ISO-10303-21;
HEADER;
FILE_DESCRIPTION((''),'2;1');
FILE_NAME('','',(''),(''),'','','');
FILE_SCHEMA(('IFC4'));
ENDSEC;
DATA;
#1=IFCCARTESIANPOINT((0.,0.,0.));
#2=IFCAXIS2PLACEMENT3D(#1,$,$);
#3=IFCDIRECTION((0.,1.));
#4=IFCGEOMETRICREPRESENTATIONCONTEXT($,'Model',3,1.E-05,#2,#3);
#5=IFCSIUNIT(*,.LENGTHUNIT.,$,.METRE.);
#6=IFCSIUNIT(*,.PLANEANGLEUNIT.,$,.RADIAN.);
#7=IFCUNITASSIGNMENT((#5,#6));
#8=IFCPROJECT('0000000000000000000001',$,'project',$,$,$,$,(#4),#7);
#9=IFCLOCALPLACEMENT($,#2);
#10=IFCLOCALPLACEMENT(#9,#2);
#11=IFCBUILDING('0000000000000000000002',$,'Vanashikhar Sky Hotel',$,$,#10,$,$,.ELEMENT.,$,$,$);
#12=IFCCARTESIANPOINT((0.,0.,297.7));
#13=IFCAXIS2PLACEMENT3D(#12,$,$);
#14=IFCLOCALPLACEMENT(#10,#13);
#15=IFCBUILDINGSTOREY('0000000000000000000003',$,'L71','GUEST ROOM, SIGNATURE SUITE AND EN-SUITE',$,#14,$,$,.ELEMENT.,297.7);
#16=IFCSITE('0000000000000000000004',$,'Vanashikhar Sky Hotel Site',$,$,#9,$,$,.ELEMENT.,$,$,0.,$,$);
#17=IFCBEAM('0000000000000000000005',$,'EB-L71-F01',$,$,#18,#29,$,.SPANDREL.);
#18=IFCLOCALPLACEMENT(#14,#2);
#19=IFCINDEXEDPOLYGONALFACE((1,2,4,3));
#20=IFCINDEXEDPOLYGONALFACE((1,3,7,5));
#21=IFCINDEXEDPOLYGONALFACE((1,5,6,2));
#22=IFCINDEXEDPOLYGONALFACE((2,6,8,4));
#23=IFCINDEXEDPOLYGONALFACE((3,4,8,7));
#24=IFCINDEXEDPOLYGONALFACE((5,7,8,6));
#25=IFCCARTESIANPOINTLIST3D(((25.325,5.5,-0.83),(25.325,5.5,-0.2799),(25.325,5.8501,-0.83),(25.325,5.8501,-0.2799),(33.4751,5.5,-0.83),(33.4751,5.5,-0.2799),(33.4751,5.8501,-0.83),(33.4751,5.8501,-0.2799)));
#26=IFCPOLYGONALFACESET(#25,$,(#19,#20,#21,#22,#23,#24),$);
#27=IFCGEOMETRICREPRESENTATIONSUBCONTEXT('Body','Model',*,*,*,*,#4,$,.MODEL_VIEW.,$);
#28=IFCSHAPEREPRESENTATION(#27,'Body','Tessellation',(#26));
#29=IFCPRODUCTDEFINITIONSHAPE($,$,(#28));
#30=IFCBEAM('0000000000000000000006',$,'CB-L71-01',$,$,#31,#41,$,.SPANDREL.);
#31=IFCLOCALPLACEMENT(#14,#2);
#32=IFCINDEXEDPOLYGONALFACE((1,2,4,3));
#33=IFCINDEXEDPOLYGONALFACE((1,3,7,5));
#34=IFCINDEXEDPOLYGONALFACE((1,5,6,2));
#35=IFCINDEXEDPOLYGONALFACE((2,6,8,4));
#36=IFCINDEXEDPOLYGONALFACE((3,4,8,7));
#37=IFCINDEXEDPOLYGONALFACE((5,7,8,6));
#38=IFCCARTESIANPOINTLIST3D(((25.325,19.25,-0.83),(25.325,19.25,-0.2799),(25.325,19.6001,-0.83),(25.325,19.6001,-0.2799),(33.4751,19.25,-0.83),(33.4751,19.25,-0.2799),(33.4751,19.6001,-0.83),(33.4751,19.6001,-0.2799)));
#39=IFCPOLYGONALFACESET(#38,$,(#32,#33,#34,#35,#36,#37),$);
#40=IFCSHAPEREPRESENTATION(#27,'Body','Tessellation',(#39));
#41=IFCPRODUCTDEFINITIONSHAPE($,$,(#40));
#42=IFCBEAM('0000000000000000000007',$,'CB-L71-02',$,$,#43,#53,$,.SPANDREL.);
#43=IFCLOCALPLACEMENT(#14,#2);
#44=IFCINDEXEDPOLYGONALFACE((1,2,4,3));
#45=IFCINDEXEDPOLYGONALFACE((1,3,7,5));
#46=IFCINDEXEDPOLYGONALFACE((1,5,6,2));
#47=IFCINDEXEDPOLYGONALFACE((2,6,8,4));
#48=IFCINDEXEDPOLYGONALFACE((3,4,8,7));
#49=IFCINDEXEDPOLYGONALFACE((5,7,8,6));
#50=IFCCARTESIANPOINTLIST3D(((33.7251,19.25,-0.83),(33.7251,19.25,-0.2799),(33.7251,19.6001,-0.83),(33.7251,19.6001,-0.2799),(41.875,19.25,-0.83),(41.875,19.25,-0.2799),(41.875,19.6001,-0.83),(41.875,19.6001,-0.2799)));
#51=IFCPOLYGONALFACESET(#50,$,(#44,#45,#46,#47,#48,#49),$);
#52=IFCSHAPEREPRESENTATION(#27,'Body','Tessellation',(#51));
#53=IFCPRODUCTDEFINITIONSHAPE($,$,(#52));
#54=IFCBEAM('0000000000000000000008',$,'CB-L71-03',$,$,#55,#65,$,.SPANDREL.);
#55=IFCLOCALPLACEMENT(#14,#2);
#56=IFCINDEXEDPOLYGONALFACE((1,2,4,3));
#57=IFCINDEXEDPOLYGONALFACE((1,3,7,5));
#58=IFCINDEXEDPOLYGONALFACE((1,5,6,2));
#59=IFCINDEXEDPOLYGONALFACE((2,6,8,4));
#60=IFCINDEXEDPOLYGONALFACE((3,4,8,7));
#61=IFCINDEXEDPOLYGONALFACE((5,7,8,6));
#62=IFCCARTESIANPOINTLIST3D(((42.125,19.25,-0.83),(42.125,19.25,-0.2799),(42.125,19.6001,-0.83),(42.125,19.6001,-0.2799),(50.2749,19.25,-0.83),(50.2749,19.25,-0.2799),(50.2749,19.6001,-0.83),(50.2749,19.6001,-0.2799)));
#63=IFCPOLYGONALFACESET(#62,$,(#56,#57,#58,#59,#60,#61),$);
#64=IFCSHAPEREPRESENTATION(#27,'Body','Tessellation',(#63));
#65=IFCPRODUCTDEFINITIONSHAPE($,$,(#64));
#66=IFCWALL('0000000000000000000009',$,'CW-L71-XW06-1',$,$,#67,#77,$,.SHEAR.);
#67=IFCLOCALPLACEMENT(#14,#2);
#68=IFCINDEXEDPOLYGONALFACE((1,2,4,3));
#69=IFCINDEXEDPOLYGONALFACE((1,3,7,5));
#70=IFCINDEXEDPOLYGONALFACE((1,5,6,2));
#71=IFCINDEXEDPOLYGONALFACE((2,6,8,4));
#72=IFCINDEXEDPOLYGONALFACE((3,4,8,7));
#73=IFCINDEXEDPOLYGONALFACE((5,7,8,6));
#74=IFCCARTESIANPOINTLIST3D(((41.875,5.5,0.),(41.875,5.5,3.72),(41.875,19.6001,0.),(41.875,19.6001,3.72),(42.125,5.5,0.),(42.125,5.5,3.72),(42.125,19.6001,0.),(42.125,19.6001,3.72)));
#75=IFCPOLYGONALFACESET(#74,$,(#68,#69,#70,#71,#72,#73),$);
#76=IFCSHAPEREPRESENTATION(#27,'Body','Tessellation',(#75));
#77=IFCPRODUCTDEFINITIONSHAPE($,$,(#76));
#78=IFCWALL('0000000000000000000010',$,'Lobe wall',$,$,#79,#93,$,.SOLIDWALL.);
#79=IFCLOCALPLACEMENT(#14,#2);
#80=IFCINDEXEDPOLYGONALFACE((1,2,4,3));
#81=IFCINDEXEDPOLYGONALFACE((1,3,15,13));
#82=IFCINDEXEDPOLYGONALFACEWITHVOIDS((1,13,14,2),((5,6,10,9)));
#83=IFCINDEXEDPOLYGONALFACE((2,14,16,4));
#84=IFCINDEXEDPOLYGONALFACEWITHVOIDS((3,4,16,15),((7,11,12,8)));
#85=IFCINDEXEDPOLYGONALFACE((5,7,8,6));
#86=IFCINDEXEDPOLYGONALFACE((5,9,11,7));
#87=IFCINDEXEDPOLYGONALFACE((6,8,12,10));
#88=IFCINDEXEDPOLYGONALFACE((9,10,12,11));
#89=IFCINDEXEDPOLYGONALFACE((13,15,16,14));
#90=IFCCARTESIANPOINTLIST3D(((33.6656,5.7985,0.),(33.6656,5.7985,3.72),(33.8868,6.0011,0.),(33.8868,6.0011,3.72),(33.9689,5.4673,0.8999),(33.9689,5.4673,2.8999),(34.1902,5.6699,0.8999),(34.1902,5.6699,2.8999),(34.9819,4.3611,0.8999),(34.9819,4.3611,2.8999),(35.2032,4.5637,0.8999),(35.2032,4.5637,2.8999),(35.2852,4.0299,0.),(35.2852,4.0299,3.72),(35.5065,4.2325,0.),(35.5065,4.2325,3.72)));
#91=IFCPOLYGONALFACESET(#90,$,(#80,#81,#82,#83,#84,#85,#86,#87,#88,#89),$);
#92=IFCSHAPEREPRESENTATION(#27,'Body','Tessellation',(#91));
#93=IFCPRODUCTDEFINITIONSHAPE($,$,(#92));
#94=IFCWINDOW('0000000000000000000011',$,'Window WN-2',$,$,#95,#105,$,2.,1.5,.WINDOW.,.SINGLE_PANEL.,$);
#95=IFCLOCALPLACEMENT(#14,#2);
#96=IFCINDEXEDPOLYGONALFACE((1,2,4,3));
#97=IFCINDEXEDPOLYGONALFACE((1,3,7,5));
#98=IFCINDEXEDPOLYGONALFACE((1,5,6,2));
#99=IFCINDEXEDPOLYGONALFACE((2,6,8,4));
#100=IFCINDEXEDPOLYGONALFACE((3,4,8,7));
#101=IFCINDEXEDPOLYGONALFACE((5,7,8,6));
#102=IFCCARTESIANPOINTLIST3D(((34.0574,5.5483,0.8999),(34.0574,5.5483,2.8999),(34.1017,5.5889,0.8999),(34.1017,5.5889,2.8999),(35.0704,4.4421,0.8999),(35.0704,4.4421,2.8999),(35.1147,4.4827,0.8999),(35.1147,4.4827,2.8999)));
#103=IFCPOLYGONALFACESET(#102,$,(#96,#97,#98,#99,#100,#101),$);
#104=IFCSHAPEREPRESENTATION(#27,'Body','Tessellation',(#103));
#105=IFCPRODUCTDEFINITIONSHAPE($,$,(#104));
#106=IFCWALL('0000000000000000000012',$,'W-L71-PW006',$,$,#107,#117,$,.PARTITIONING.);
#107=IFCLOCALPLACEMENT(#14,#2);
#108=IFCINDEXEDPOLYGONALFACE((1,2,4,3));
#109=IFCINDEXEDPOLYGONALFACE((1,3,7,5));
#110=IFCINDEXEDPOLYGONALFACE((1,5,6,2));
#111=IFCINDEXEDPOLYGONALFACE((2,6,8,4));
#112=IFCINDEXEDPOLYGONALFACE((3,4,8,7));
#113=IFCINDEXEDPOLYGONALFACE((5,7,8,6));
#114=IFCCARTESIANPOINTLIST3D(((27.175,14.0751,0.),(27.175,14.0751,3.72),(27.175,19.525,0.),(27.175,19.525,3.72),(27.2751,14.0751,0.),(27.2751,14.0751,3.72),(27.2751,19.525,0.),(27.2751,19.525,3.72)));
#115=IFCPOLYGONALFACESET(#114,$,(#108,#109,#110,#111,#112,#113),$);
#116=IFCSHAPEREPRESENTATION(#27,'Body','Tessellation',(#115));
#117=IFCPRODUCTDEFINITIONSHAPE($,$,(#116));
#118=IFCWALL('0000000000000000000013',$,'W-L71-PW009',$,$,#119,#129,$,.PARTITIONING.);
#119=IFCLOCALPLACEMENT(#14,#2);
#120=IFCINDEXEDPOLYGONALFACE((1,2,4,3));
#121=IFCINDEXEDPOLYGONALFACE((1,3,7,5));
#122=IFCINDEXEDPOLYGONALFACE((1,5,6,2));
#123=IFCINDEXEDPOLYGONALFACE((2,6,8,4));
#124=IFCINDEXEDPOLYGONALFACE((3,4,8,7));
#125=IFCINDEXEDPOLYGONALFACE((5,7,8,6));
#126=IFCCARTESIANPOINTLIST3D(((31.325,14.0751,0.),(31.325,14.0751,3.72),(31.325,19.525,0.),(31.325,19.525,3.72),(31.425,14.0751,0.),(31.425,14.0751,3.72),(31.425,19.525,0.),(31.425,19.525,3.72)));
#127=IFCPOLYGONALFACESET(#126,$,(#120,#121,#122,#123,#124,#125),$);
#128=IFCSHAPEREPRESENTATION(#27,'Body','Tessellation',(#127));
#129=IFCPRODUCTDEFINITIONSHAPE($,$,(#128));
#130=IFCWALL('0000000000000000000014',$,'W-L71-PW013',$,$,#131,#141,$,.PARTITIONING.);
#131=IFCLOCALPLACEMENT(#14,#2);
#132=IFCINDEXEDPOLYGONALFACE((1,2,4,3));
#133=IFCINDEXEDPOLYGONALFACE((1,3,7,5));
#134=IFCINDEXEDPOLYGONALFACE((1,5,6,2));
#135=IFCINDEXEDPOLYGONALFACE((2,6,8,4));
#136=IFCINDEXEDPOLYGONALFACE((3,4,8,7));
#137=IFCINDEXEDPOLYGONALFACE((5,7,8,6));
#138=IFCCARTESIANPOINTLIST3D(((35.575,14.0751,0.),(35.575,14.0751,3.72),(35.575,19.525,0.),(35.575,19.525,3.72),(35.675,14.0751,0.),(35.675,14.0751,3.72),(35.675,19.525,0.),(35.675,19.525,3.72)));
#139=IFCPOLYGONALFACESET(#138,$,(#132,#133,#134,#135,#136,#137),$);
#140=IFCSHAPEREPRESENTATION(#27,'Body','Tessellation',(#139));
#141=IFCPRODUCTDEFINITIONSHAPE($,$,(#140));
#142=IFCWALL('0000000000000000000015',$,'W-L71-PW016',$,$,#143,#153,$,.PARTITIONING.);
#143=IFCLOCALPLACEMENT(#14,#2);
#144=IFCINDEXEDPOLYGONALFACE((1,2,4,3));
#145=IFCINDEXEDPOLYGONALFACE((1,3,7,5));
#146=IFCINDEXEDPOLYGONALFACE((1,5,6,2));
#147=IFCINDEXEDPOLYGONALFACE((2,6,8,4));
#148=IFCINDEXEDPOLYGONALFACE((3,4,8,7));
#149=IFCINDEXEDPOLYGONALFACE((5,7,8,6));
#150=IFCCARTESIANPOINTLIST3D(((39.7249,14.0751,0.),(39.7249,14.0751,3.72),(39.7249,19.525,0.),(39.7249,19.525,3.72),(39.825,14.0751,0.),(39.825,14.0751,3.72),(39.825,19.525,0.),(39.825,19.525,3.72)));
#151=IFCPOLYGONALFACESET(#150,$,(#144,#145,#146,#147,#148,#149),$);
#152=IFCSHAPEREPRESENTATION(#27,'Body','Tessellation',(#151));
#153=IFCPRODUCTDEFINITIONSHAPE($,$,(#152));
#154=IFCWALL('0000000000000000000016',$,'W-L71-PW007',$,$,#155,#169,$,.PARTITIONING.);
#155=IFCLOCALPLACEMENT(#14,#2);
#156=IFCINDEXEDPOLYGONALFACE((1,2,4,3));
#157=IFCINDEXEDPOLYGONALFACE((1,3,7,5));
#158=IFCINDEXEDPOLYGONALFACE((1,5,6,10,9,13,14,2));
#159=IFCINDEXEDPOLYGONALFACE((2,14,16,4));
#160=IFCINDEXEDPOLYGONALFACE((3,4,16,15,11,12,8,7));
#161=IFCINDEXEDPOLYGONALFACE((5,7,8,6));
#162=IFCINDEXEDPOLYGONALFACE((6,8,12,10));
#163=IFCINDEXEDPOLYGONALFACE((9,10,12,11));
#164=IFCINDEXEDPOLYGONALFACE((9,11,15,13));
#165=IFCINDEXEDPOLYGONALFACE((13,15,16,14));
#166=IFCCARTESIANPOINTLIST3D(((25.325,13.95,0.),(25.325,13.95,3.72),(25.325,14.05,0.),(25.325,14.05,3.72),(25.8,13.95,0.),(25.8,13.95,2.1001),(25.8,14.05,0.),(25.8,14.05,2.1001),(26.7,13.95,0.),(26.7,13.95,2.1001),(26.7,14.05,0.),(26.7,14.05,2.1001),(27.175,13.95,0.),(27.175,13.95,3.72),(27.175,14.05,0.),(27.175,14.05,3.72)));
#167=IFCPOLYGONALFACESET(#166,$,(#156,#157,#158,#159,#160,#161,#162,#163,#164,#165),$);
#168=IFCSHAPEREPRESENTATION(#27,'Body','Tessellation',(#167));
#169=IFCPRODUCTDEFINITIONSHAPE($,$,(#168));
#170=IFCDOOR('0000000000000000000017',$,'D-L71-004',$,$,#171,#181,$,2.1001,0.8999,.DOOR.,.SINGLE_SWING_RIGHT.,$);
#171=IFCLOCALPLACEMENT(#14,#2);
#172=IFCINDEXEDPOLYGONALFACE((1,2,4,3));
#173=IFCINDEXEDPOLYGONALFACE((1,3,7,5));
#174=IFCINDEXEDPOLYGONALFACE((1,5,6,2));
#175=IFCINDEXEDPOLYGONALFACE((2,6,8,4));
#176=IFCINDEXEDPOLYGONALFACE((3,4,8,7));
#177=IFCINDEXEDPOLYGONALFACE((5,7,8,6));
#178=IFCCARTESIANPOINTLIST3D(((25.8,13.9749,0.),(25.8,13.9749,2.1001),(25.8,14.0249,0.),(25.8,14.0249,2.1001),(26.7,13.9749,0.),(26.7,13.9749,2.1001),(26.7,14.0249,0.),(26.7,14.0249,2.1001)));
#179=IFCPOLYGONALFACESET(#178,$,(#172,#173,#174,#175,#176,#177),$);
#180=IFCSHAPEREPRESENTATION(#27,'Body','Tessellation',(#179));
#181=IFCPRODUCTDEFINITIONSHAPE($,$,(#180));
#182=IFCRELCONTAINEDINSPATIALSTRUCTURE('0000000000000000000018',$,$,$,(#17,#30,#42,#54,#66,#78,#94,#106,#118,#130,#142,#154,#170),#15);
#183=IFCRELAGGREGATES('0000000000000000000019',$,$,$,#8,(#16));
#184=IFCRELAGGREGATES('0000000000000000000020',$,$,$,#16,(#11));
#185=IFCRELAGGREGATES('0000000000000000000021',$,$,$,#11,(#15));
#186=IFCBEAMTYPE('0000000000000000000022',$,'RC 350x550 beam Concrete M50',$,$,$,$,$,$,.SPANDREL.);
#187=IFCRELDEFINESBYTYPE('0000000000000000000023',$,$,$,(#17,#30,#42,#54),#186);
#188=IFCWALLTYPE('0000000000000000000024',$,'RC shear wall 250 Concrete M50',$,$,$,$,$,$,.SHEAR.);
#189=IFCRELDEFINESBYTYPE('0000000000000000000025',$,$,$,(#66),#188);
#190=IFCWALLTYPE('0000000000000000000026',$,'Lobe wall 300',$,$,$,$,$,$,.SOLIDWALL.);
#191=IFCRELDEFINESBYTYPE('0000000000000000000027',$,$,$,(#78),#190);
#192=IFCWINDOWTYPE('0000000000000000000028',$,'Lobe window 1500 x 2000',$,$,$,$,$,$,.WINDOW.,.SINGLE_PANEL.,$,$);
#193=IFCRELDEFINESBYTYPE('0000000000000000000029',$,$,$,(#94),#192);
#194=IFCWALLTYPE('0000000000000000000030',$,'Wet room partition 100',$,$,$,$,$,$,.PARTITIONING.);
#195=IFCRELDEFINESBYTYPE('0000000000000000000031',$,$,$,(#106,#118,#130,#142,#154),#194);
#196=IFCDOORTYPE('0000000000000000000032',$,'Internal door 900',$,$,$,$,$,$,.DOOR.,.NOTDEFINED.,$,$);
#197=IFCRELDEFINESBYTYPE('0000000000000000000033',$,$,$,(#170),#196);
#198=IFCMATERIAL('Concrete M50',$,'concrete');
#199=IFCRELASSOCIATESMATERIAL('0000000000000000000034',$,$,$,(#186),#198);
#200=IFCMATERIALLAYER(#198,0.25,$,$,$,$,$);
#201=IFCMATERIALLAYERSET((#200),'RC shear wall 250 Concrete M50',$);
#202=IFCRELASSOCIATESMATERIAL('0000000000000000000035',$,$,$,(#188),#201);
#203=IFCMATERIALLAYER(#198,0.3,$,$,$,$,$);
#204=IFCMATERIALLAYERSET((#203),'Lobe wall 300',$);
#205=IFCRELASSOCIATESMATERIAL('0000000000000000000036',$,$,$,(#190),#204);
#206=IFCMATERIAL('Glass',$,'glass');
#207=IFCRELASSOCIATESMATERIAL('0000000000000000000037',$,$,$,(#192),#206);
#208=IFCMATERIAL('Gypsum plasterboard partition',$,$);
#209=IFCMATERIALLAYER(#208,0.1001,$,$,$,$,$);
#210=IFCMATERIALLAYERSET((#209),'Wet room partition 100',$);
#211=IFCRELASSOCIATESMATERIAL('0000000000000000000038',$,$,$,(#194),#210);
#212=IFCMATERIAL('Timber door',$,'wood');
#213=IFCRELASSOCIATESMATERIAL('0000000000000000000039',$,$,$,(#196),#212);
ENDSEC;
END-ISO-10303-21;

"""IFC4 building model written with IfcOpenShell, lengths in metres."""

from ifc_helpers import new_model, si_unit, direction, frame, frame_2d, origin, origin_2d, place, context, subcontext, project, spatial, rectangle, extrude, source, transform, mapped, material, layer, layer_set, material_profile, profile_set, type_object, element, fill, save


model = new_model("IFC4")

# Units and contexts
model_context = context("Model", 3, precision=1e-05, world=origin(), true_north=direction((0.0, 1.0)))
body_context = subcontext(model_context, "Body", "Model", "MODEL_VIEW")
ifc_project = project(units=[si_unit("LENGTHUNIT", "METRE"), si_unit("PLANEANGLEUNIT", "RADIAN")], contexts=[model_context])

# Site, building, storey
site_placement = place(None, origin())
site = spatial("IfcSite", under=ifc_project, at=site_placement, Name="Vanashikhar Sky Hotel Site", CompositionType="ELEMENT", RefElevation=0.0)
building_placement = place(site_placement, origin())
building = spatial("IfcBuilding", under=site, at=building_placement, Name="Vanashikhar Sky Hotel", CompositionType="ELEMENT")
storey_placement = place(building_placement, frame((0.0, 0.0, 297.7)))
storey = spatial("IfcBuildingStorey", under=building, at=storey_placement, Name="L71", Description="GUEST ROOM, SIGNATURE SUITE AND EN-SUITE", CompositionType="ELEMENT", Elevation=297.7)

# Beams
ifc_material_1 = material(Name="Concrete M50", Category="concrete")
ifc_material_profile = material_profile(ifc_material_1, rectangle(XDim=0.3501, YDim=0.55, at=origin_2d()))
ifc_profile_set = profile_set([ifc_material_profile], Name="RC 350x550 beam Concrete M50")
beam_type = type_object("IfcBeamType", Name="RC 350x550 beam Concrete M50", PredefinedType="SPANDREL", material=ifc_profile_set)
shared_shape_1 = source(origin(), body_context, "Body", "SweptSolid", [
    extrude(rectangle(XDim=0.3501, YDim=0.55, at=origin_2d()), origin(), (0.0, 0.0, 1.0), 8.1501),
])
for number, where, z_axis, x_axis, name in (
    (1, (25.325, 5.675, -0.5549), (1.0, 0.0, 0.0), (0.0, 1.0, 0.0), "EB-L71-F01"),
    (2, (25.325, 19.425, -0.5549), (1.0, 0.0, 0.0), (0.0, 1.0, 0.0), "CB-L71-01"),
):
    element("IfcBeam", number, at=place(storey_placement, frame(where, z_axis=z_axis, x_axis=x_axis)), inside=storey, type_object=beam_type, Name=name, PredefinedType="SPANDREL", context=body_context, shape_type="MappedRepresentation", body=[
        mapped(shared_shape_1, transform((0.0, 0.0, 0.0), scale=1.0)),
    ])
shared_shape_2 = source(origin(), body_context, "Body", "SweptSolid", [
    extrude(rectangle(XDim=0.3501, YDim=0.55, at=origin_2d()), origin(), (0.0, 0.0, 1.0), 8.1499),
])
for number, where, z_axis, x_axis, name in (
    (3, (33.7251, 19.425, -0.5549), (1.0, 0.0, 0.0), (0.0, 1.0, 0.0), "CB-L71-02"),
    (4, (42.125, 19.425, -0.5549), (1.0, 0.0, 0.0), (0.0, 1.0, 0.0), "CB-L71-03"),
):
    element("IfcBeam", number, at=place(storey_placement, frame(where, z_axis=z_axis, x_axis=x_axis)), inside=storey, type_object=beam_type, Name=name, PredefinedType="SPANDREL", context=body_context, shape_type="MappedRepresentation", body=[
        mapped(shared_shape_2, transform((0.0, 0.0, 0.0), scale=1.0)),
    ])

# Wall
ifc_layer_1 = layer(ifc_material_1, 0.25)
ifc_layer_set_1 = layer_set([ifc_layer_1], Name="RC shear wall 250 Concrete M50")
wall_type_1 = type_object("IfcWallType", Name="RC shear wall 250 Concrete M50", PredefinedType="SHEAR", material=ifc_layer_set_1)
shared_shape_3 = source(origin(), body_context, "Body", "SweptSolid", [
    extrude(rectangle(XDim=14.1001, YDim=0.25, at=frame_2d((7.05, 0.0))), origin(), (0.0, 0.0, 1.0), 3.72),
])
wall_1_placement = place(storey_placement, frame((42.0, 5.5, 0.0), z_axis=(0.0, 0.0, 1.0), x_axis=(0.0, 1.0, 0.0)))
element("IfcWall", 5, at=wall_1_placement, inside=storey, type_object=wall_type_1, Name="CW-L71-XW06-1", PredefinedType="SHEAR", context=body_context, shape_type="MappedRepresentation", body=[
    mapped(shared_shape_3, transform((0.0, 0.0, 0.0), scale=1.0)),
])

# Shared definitions
ifc_material_2 = material(Name="Glass", Category="glass")

# Wall, opening, window
ifc_layer_2 = layer(ifc_material_1, 0.3)
ifc_layer_set_2 = layer_set([ifc_layer_2], Name="Lobe wall 300")
wall_type_2 = type_object("IfcWallType", Name="Lobe wall 300", PredefinedType="SOLIDWALL", material=ifc_layer_set_2)
shared_shape_4 = source(origin(), body_context, "Body", "SweptSolid", [
    extrude(rectangle(XDim=2.3982, YDim=0.3, at=frame_2d((1.1992, 0.0))), origin(), (0.0, 0.0, 1.0), 3.72),
])
wall_2_placement = place(storey_placement, frame((33.7761, 5.8999, 0.0), z_axis=(0.0, 0.0, 1.0), x_axis=(0.675374, -0.737475, 0.0)))
wall_2 = element("IfcWall", 6, at=wall_2_placement, inside=storey, type_object=wall_type_2, Name="Lobe wall", PredefinedType="SOLIDWALL", context=body_context, shape_type="MappedRepresentation", body=[
    mapped(shared_shape_4, transform((0.0, 0.0, 0.0), scale=1.0)),
])
shared_shape_5 = source(origin(), body_context, "Body", "SweptSolid", [
    extrude(rectangle(XDim=1.5, YDim=2.0, at=frame_2d((0.75, 1.0))), frame((0.0, 0.1602, 0.0), z_axis=(0.0, -1.0, 0.0), x_axis=(1.0, 0.0, 0.0)), (0.0, 0.0, 1.0), 0.3201),
])
opening_1_placement = place(wall_2_placement, frame((0.4492, 0.0, 0.8999)))
opening_1 = element("IfcOpeningElement", 7, at=opening_1_placement, cuts=wall_2, PredefinedType="OPENING", context=body_context, shape_type="MappedRepresentation", body=[
    mapped(shared_shape_5, transform((0.0, 0.0, 0.0), scale=1.0)),
])
window_type_1 = type_object("IfcWindowType", Name="Lobe window 1500 x 2000", PartitioningType="SINGLE_PANEL", PredefinedType="WINDOW", material=ifc_material_2)
shared_shape_6 = source(origin(), body_context, "Body", "SweptSolid", [
    extrude(rectangle(XDim=1.5, YDim=2.0, at=frame_2d((0.75, 1.0))), frame((0.0, 0.03, 0.0), z_axis=(0.0, -1.0, 0.0), x_axis=(1.0, 0.0, 0.0)), (0.0, 0.0, 1.0), 0.0601),
])
window_1_placement = place(opening_1_placement, origin())
window_1 = element("IfcWindow", 8, at=window_1_placement, inside=storey, type_object=window_type_1, Name="Window WN-2", OverallHeight=2.0, OverallWidth=1.5, PartitioningType="SINGLE_PANEL", PredefinedType="WINDOW", context=body_context, shape_type="MappedRepresentation", body=[
    mapped(shared_shape_6, transform((0.0, 0.0, 0.0), scale=1.0)),
])
fill(opening_1, window_1)

# Walls
ifc_material_3 = material(Name="Gypsum plasterboard partition")
ifc_layer_3 = layer(ifc_material_3, 0.1001)
ifc_layer_set_3 = layer_set([ifc_layer_3], Name="Wet room partition 100")
wall_type_3 = type_object("IfcWallType", Name="Wet room partition 100", PredefinedType="PARTITIONING", material=ifc_layer_set_3)
shared_shape_7 = source(origin(), body_context, "Body", "SweptSolid", [
    extrude(rectangle(XDim=5.45, YDim=0.1001, at=frame_2d((2.7251, 0.0))), origin(), (0.0, 0.0, 1.0), 3.72),
])
for number, where, z_axis, x_axis, name in (
    (9, (27.2251, 14.075, 0.0), (0.0, 0.0, 1.0), (0.0, 1.0, 0.0), "W-L71-PW006"),
    (10, (31.375, 14.075, 0.0), (0.0, 0.0, 1.0), (0.0, 1.0, 0.0), "W-L71-PW009"),
    (11, (35.625, 14.075, 0.0), (0.0, 0.0, 1.0), (0.0, 1.0, 0.0), "W-L71-PW013"),
    (12, (39.7749, 14.075, 0.0), (0.0, 0.0, 1.0), (0.0, 1.0, 0.0), "W-L71-PW016"),
):
    element("IfcWall", number, at=place(storey_placement, frame(where, z_axis=z_axis, x_axis=x_axis)), inside=storey, type_object=wall_type_3, Name=name, PredefinedType="PARTITIONING", context=body_context, shape_type="MappedRepresentation", body=[
        mapped(shared_shape_7, transform((0.0, 0.0, 0.0), scale=1.0)),
    ])

# Wall, opening, door
shared_shape_8 = source(origin(), body_context, "Body", "SweptSolid", [
    extrude(rectangle(XDim=1.8501, YDim=0.1001, at=frame_2d((0.925, 0.0))), origin(), (0.0, 0.0, 1.0), 3.72),
])
wall_3_placement = place(storey_placement, frame((25.325, 14.0, 0.0), z_axis=(0.0, 0.0, 1.0), x_axis=(1.0, 0.0, 0.0)))
wall_3 = element("IfcWall", 13, at=wall_3_placement, inside=storey, type_object=wall_type_3, Name="W-L71-PW007", PredefinedType="PARTITIONING", context=body_context, shape_type="MappedRepresentation", body=[
    mapped(shared_shape_8, transform((0.0, 0.0, 0.0), scale=1.0)),
])
shared_shape_9 = source(origin(), body_context, "Body", "SweptSolid", [
    extrude(rectangle(XDim=0.8999, YDim=2.1001, at=frame_2d((0.45, 1.05))), frame((0.0, 0.0601, 0.0), z_axis=(0.0, -1.0, 0.0), x_axis=(1.0, 0.0, 0.0)), (0.0, 0.0, 1.0), 0.1201),
])
opening_2_placement = place(wall_3_placement, frame((0.4751, 0.0, 0.0)))
opening_2 = element("IfcOpeningElement", 14, at=opening_2_placement, cuts=wall_3, PredefinedType="OPENING", context=body_context, shape_type="MappedRepresentation", body=[
    mapped(shared_shape_9, transform((0.0, 0.0, 0.0), scale=1.0)),
])
ifc_material_4 = material(Name="Timber door", Category="wood")
door_type_1 = type_object("IfcDoorType", Name="Internal door 900", OperationType="NOTDEFINED", PredefinedType="DOOR", material=ifc_material_4)
shared_shape_10 = source(origin(), body_context, "Body", "SweptSolid", [
    extrude(rectangle(XDim=0.8999, YDim=2.1001, at=frame_2d((0.45, 1.05))), frame((0.0, 0.0249, 0.0), z_axis=(0.0, -1.0, 0.0), x_axis=(1.0, 0.0, 0.0)), (0.0, 0.0, 1.0), 0.05),
])
door_1_placement = place(opening_2_placement, origin())
door_1 = element("IfcDoor", 15, at=door_1_placement, inside=storey, type_object=door_type_1, Name="D-L71-004", OperationType="SINGLE_SWING_RIGHT", OverallHeight=2.1001, OverallWidth=0.8999, PredefinedType="DOOR", context=body_context, shape_type="MappedRepresentation", body=[
    mapped(shared_shape_10, transform((0.0, 0.0, 0.0), scale=1.0)),
])
fill(opening_2, door_1)

save(model, "model.ifc")
